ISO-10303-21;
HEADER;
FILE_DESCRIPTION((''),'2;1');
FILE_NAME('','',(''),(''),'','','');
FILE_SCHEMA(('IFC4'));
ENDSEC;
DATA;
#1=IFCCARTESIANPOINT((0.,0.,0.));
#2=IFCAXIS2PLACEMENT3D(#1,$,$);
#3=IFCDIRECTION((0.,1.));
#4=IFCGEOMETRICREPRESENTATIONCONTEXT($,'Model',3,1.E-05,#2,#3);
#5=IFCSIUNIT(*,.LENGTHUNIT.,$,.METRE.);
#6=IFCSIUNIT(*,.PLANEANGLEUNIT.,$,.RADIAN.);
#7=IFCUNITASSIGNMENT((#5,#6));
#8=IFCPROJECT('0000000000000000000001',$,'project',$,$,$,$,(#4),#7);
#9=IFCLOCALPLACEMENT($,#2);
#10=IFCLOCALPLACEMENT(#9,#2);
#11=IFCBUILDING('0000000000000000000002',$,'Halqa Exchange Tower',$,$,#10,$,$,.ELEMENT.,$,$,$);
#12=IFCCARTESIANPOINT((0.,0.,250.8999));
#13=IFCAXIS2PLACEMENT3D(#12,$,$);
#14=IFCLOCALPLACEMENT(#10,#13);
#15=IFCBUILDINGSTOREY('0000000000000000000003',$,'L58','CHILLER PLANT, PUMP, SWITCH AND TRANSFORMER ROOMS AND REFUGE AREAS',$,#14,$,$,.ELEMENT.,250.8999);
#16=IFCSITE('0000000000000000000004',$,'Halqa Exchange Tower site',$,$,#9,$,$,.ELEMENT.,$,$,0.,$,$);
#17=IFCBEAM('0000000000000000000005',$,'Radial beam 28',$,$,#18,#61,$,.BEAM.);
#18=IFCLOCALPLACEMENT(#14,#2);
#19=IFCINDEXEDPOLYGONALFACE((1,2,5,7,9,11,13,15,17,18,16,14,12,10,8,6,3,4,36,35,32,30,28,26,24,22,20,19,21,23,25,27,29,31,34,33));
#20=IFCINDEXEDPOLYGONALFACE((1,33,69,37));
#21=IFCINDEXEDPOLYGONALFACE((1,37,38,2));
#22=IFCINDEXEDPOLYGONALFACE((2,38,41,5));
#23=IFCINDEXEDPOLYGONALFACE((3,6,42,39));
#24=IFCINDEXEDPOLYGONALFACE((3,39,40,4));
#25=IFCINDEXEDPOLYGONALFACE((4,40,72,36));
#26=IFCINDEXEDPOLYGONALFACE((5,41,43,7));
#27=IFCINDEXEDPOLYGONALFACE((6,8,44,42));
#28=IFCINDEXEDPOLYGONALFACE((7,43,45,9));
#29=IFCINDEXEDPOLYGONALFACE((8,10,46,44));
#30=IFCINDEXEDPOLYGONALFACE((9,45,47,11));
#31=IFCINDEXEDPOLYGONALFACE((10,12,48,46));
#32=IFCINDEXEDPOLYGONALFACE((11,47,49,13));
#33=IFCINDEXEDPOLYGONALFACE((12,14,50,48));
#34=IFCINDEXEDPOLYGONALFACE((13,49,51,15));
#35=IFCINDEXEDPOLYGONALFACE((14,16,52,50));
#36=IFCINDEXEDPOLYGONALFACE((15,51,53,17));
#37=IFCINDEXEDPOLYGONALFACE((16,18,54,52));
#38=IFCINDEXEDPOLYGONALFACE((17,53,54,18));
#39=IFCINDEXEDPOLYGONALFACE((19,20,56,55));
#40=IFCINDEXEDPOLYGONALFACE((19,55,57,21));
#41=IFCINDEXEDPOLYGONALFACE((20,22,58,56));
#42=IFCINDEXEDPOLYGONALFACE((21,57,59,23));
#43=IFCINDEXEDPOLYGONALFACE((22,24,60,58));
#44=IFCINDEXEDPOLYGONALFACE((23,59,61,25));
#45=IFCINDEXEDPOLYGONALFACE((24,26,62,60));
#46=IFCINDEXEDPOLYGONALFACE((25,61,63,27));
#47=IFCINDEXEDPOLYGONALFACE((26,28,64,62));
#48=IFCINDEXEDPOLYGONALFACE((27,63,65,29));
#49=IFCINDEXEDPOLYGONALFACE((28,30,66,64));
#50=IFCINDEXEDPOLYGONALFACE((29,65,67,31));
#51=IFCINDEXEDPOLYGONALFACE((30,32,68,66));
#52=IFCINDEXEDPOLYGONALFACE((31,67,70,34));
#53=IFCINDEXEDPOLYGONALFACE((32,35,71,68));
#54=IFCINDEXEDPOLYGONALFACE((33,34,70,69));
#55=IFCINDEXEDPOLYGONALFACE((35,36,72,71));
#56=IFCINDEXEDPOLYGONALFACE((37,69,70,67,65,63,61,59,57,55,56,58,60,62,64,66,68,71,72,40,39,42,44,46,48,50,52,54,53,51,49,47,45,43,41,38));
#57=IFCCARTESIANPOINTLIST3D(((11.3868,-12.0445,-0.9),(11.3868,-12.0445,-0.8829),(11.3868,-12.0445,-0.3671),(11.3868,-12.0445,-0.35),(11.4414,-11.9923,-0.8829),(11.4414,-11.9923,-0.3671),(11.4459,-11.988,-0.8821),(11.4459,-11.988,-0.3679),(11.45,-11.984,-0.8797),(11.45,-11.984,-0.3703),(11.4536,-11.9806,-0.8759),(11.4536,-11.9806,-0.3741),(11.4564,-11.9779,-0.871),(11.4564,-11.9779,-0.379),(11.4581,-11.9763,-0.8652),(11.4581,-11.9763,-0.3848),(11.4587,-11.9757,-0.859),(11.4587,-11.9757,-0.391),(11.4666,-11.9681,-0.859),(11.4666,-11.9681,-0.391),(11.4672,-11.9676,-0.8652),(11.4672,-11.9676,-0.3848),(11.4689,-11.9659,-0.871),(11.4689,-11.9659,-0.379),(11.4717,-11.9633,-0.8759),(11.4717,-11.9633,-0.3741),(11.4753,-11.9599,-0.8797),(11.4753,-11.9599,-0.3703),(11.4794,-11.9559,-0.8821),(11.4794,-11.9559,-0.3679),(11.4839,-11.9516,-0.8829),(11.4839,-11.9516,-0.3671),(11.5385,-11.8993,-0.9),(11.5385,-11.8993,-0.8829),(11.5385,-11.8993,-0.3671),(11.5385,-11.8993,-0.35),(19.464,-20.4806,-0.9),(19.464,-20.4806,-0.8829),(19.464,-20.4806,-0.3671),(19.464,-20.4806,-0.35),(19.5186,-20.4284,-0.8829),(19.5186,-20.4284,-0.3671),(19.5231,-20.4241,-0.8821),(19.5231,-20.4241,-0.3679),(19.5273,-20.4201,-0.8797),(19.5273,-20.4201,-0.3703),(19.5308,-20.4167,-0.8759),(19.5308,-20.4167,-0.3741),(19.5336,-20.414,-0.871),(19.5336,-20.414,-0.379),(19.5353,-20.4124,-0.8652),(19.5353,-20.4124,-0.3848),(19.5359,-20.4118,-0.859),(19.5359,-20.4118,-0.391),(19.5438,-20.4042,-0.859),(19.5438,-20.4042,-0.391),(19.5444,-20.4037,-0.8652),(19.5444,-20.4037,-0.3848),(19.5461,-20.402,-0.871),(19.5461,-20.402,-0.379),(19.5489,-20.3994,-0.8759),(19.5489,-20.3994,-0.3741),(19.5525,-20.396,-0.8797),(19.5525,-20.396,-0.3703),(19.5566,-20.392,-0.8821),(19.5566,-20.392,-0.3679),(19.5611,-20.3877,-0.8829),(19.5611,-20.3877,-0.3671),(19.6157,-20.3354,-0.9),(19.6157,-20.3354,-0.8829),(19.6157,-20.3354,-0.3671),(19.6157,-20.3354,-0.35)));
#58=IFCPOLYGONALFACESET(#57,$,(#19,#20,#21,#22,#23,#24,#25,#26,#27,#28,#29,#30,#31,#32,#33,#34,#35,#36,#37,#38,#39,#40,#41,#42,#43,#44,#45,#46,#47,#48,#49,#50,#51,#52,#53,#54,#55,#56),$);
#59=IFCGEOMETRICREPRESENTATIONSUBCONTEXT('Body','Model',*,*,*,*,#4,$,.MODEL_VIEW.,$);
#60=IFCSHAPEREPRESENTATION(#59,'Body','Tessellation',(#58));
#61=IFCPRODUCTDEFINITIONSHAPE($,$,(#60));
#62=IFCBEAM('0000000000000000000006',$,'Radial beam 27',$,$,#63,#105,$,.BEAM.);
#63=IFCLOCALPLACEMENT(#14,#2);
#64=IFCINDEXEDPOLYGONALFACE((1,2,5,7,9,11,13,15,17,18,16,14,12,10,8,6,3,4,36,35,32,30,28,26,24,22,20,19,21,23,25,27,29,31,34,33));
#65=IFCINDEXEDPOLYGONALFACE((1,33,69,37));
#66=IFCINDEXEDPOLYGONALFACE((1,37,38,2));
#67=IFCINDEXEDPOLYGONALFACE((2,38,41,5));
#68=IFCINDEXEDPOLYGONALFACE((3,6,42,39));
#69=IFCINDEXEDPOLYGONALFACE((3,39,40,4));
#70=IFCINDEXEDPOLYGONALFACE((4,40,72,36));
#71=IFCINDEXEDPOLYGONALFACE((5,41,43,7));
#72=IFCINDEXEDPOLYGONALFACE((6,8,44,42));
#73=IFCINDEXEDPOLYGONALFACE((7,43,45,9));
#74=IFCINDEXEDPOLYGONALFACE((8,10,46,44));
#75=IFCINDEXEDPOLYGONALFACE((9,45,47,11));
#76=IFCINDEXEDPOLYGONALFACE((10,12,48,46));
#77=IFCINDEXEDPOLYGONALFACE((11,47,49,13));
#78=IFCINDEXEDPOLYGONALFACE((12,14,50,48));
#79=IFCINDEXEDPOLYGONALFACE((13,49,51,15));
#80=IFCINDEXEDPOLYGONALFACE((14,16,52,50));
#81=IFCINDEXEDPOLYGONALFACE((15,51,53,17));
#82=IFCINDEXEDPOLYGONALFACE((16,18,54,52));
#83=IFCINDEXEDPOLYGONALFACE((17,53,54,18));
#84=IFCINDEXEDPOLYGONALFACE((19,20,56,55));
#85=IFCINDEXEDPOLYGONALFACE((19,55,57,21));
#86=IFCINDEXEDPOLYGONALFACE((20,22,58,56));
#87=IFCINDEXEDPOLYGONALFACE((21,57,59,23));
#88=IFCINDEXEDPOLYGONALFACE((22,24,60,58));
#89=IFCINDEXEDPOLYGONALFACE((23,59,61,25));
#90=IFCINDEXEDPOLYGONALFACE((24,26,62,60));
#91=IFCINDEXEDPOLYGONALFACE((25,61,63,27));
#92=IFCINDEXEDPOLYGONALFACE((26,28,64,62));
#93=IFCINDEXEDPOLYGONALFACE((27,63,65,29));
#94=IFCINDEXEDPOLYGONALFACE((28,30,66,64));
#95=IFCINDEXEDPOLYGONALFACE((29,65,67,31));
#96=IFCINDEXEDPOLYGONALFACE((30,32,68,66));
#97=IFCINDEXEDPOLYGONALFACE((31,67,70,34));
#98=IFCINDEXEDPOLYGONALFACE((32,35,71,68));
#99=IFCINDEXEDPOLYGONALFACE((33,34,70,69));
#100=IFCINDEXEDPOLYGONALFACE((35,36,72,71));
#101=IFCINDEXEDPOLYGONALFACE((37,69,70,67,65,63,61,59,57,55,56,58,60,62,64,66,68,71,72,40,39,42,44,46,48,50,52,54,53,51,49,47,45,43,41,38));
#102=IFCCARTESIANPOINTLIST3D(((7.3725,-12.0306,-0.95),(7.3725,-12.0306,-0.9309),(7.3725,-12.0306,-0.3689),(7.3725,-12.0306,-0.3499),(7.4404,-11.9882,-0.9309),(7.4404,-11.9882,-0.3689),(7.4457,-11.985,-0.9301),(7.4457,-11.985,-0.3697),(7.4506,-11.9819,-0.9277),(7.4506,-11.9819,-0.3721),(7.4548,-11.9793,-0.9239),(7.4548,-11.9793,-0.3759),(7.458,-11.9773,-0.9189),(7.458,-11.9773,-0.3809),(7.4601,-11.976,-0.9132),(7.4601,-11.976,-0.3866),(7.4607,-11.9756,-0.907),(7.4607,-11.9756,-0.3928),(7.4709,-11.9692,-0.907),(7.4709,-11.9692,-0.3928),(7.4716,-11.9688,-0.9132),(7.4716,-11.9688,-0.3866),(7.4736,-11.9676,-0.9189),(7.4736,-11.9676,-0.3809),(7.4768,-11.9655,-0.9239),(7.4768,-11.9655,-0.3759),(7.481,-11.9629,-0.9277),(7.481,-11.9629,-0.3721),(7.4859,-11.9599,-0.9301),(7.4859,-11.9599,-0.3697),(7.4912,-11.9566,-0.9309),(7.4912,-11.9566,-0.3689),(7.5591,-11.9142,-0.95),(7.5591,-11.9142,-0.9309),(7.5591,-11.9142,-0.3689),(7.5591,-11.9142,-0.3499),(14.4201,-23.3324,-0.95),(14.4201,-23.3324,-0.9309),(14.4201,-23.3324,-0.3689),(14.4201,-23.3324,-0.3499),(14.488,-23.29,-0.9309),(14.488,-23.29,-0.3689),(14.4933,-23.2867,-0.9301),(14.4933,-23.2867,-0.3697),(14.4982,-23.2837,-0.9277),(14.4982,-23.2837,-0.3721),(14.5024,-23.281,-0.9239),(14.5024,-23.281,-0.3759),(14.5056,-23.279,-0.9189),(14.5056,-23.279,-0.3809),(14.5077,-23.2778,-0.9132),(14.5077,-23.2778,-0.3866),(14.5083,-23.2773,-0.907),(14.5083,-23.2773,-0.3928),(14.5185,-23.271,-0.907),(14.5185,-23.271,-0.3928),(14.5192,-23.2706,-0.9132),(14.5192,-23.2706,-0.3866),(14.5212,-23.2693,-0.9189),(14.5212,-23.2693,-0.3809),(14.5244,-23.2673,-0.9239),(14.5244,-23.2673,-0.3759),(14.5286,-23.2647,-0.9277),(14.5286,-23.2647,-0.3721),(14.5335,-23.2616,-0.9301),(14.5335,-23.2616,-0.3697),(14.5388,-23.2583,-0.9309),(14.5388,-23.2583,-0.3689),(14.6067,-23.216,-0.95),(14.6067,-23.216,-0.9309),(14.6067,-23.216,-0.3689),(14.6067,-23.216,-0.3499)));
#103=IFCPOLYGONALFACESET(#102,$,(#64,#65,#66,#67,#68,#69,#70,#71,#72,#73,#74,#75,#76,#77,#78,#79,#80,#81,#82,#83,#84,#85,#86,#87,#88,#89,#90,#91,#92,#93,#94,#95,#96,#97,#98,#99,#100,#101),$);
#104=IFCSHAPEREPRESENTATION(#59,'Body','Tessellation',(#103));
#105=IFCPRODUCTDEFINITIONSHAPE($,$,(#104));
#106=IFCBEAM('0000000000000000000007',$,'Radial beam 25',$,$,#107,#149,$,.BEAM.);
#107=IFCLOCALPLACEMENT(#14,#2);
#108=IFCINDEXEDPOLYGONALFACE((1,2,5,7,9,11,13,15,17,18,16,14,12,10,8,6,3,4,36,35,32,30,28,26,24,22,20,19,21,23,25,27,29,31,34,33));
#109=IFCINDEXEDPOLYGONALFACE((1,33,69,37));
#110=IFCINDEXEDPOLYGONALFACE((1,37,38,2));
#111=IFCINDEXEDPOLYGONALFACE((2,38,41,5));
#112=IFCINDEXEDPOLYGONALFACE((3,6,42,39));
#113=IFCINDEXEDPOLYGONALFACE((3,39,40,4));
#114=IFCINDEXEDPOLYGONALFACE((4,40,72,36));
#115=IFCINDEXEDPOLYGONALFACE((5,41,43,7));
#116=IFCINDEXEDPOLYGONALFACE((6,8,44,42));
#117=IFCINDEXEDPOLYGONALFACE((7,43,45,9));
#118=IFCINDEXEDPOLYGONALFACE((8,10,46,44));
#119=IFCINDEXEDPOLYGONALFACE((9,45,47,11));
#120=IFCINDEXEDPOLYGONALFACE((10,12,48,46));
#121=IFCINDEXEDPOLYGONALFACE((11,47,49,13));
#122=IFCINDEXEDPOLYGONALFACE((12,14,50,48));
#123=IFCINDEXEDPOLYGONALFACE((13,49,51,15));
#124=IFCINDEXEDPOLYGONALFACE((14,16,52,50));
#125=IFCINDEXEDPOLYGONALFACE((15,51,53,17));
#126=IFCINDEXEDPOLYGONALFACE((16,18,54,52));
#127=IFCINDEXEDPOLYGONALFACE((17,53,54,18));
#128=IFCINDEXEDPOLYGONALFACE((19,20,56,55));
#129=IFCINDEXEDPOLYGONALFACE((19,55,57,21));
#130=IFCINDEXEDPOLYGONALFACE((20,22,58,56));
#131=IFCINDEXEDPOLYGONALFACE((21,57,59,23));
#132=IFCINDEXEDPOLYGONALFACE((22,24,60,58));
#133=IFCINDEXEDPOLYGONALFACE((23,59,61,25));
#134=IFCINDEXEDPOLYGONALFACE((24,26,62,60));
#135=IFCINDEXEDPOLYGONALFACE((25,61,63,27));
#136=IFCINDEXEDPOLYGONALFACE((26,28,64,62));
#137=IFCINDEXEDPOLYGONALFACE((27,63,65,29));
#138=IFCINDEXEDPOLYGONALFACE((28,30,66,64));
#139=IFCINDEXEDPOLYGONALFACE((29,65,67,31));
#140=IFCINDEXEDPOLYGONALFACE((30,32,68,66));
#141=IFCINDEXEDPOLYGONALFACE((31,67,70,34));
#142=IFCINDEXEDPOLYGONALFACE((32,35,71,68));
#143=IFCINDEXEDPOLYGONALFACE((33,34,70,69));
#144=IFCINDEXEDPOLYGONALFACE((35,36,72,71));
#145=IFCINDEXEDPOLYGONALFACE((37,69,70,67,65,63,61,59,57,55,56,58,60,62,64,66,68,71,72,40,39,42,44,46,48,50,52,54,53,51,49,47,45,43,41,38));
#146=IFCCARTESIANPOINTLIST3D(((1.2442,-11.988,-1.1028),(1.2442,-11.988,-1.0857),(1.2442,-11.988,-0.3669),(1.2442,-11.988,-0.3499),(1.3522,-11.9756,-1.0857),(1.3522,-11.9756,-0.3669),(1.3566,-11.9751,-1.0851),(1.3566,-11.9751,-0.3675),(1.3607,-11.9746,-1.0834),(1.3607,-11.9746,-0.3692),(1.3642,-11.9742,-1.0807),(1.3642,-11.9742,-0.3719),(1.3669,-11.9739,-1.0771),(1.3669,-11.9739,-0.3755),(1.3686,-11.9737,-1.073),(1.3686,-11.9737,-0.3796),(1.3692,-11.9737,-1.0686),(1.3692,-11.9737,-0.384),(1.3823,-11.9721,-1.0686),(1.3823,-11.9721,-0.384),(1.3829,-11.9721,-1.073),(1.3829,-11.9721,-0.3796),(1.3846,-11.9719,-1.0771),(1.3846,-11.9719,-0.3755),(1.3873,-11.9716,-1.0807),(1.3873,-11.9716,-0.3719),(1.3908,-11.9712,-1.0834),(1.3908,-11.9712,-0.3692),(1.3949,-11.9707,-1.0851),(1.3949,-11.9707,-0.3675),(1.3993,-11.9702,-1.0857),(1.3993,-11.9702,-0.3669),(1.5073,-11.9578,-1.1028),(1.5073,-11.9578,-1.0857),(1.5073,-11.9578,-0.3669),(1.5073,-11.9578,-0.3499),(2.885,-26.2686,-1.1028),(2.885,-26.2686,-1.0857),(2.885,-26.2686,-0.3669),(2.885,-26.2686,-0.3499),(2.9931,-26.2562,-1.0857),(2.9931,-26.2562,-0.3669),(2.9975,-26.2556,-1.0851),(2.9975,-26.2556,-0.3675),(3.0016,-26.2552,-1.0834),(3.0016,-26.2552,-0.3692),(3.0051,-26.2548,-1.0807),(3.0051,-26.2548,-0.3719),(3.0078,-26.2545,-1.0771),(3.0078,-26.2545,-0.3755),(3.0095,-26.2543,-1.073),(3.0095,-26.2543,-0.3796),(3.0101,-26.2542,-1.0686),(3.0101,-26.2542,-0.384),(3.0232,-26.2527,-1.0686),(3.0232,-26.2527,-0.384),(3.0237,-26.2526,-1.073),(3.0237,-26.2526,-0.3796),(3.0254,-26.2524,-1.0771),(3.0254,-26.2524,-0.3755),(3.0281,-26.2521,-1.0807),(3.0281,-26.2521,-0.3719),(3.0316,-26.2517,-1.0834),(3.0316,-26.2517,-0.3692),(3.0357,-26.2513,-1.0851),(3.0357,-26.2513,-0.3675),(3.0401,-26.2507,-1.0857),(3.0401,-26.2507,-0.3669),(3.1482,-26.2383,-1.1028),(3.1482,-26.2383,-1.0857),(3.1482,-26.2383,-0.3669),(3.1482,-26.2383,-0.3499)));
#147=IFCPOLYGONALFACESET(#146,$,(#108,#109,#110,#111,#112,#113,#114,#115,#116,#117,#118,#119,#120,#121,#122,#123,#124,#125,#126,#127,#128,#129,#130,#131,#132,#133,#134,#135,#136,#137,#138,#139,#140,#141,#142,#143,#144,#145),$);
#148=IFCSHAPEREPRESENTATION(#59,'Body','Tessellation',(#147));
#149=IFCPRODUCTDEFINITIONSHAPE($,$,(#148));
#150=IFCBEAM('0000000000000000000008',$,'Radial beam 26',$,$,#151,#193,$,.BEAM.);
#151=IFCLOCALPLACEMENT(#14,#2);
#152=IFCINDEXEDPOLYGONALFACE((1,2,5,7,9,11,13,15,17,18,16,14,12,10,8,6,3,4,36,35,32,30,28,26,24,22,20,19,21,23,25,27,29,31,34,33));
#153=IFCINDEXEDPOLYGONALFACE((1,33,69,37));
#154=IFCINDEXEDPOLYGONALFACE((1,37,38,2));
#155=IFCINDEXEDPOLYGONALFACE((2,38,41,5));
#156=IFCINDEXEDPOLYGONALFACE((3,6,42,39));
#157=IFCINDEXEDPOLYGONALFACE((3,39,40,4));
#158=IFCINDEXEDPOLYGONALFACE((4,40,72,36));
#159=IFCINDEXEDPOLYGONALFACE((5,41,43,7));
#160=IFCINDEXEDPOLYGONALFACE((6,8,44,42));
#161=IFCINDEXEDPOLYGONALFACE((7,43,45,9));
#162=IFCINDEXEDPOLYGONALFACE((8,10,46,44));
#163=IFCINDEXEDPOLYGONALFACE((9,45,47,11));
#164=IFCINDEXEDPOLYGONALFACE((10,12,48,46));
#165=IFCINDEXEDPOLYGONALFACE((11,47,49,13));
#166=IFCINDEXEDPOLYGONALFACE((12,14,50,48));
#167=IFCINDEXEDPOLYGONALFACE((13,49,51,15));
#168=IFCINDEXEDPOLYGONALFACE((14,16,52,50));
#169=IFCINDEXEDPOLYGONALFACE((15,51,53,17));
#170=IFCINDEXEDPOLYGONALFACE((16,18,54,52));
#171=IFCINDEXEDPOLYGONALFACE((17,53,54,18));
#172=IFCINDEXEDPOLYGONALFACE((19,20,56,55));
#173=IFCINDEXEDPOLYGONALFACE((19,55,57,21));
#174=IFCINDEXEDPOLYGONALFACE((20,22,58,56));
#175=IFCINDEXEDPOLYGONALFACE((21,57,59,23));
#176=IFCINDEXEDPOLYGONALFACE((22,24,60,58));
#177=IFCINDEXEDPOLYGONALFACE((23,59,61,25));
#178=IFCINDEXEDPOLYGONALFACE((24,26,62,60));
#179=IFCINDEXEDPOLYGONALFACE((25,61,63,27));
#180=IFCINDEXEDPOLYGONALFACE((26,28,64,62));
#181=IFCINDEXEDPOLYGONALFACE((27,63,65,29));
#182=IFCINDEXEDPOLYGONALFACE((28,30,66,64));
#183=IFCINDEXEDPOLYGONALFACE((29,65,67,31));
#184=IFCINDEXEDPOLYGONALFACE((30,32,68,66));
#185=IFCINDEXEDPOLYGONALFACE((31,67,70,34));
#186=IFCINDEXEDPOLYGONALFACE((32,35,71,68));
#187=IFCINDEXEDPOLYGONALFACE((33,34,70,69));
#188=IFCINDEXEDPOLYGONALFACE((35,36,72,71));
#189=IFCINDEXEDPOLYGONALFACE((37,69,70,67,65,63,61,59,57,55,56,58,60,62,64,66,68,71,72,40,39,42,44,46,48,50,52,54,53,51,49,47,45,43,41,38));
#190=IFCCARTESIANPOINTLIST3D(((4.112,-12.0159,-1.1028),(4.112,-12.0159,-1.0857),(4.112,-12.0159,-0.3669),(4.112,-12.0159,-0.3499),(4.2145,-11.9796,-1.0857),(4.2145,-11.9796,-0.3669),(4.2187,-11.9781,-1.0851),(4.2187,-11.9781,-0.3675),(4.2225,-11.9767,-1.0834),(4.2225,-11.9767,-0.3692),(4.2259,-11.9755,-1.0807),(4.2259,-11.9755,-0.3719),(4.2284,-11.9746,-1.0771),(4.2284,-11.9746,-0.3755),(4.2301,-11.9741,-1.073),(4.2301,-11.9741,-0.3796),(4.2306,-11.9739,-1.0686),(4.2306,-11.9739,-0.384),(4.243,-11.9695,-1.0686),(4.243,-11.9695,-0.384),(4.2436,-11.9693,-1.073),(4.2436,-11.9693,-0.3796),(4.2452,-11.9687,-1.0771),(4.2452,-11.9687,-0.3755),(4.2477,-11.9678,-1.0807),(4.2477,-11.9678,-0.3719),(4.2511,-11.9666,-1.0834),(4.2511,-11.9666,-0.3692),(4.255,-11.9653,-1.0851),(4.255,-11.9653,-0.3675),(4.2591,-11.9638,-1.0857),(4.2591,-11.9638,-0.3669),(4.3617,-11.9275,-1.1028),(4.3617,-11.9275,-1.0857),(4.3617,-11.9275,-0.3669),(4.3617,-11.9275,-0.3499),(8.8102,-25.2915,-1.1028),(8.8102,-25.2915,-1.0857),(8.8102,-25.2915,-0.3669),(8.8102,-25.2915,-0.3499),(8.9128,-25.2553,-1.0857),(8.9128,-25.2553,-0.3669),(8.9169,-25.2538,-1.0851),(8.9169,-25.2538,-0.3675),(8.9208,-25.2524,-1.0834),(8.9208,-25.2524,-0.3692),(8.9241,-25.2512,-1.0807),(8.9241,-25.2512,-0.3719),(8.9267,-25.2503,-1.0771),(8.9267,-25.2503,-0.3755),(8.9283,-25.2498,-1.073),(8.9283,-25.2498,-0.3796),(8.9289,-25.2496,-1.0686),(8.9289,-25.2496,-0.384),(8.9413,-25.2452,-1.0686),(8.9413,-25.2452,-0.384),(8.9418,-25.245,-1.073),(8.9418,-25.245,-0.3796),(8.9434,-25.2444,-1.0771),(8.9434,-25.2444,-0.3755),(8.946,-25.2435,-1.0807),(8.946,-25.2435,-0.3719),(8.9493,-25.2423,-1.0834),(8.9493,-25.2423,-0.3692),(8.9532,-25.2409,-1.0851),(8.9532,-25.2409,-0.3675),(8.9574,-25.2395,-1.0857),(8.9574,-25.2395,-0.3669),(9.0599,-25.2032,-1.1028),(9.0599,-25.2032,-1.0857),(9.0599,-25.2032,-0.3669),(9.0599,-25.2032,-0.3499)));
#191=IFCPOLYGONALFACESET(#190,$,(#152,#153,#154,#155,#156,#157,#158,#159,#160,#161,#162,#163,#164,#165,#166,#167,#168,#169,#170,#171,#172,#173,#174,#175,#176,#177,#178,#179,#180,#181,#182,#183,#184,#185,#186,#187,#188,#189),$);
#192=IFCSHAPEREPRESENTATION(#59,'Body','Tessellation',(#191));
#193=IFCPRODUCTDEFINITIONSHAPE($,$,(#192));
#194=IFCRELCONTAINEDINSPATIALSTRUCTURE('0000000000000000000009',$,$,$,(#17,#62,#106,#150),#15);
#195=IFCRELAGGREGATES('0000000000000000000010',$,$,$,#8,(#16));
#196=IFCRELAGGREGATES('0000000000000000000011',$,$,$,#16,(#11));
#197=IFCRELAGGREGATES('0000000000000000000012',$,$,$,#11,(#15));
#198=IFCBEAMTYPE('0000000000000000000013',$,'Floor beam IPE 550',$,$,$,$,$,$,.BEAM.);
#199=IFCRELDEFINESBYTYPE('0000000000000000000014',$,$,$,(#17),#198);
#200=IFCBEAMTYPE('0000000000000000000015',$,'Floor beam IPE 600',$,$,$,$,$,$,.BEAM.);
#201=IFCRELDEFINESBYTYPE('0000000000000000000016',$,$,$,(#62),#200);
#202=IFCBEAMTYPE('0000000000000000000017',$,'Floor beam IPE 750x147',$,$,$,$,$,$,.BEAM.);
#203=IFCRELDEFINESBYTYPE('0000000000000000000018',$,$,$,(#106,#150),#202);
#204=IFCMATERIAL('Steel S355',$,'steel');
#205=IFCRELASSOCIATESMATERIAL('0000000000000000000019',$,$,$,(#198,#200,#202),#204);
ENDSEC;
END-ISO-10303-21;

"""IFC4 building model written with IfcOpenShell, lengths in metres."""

from ifc_helpers import new_model, si_unit, direction, frame, origin, origin_2d, place, context, subcontext, project, spatial, i_section, extrude, material, material_profile, profile_set, type_object, element, save


model = new_model("IFC4")

# Units and contexts
model_context = context("Model", 3, precision=1e-05, world=origin(), true_north=direction((0.0, 1.0)))
body_context = subcontext(model_context, "Body", "Model", "MODEL_VIEW")
ifc_project = project(units=[si_unit("LENGTHUNIT", "METRE"), si_unit("PLANEANGLEUNIT", "RADIAN")], contexts=[model_context])

# Site, building, storey
site_placement = place(None, origin())
site = spatial("IfcSite", under=ifc_project, at=site_placement, Name="Halqa Exchange Tower site", CompositionType="ELEMENT", RefElevation=0.0)
building_placement = place(site_placement, origin())
building = spatial("IfcBuilding", under=site, at=building_placement, Name="Halqa Exchange Tower", CompositionType="ELEMENT")
storey_placement = place(building_placement, frame((0.0, 0.0, 250.8999)))
storey = spatial("IfcBuildingStorey", under=building, at=storey_placement, Name="L58", Description="CHILLER PLANT, PUMP, SWITCH AND TRANSFORMER ROOMS AND REFUGE AREAS", CompositionType="ELEMENT", Elevation=250.8999)

# Beams
ifc_material_1 = material(Name="Steel S355", Category="steel")
ifc_material_profile_1 = material_profile(ifc_material_1, i_section(OverallWidth=0.21, OverallDepth=0.55, WebThickness=0.011, FlangeThickness=0.0171, FilletRadius=0.0239, at=origin_2d()), Name="IPE 550")
ifc_profile_set_1 = profile_set([ifc_material_profile_1], Name="Steel S355")
beam_type_1 = type_object("IfcBeamType", Name="Floor beam IPE 550", PredefinedType="BEAM", material=ifc_profile_set_1)
beam_1_placement = place(storey_placement, frame((11.4626, -11.9719, -0.625), z_axis=(0.691576, -0.722304, 0.0), x_axis=(0.722304, 0.691576, 0.0)))
element("IfcBeam", 1, at=beam_1_placement, inside=storey, type_object=beam_type_1, Name="Radial beam 28", PredefinedType="BEAM", context=body_context, shape_type="SweptSolid", body=[
    extrude(i_section(OverallWidth=0.21, OverallDepth=0.55, WebThickness=0.011, FlangeThickness=0.0171, FilletRadius=0.0239, at=origin_2d()), origin(), (0.0, 0.0, 1.0), 11.6794),
])
ifc_material_profile_2 = material_profile(ifc_material_1, i_section(OverallWidth=0.22, OverallDepth=0.6001, WebThickness=0.012, FlangeThickness=0.019, FilletRadius=0.0239, at=origin_2d()), Name="IPE 600")
ifc_profile_set_2 = profile_set([ifc_material_profile_2], Name="Steel S355")
beam_type_2 = type_object("IfcBeamType", Name="Floor beam IPE 600", PredefinedType="BEAM", material=ifc_profile_set_2)
beam_2_placement = place(storey_placement, frame((7.4658, -11.9724, -0.6499), z_axis=(0.529135, -0.848537, 0.0), x_axis=(0.848537, 0.529135, 0.0)))
element("IfcBeam", 2, at=beam_2_placement, inside=storey, type_object=beam_type_2, Name="Radial beam 27", PredefinedType="BEAM", context=body_context, shape_type="SweptSolid", body=[
    extrude(i_section(OverallWidth=0.22, OverallDepth=0.6001, WebThickness=0.012, FlangeThickness=0.019, FilletRadius=0.0239, at=origin_2d()), origin(), (0.0, 0.0, 1.0), 13.3191),
])
ifc_material_profile_3 = material_profile(ifc_material_1, i_section(OverallWidth=0.2649, OverallDepth=0.7529, WebThickness=0.0132, FlangeThickness=0.0171, FilletRadius=0.0171, at=origin_2d()), Name="IPE 750x147")
ifc_profile_set_3 = profile_set([ifc_material_profile_3], Name="Steel S355")
beam_type_3 = type_object("IfcBeamType", Name="Floor beam IPE 750x147", PredefinedType="BEAM", material=ifc_profile_set_3)
beam_3_placement = place(storey_placement, frame((1.3757, -11.9729, -0.7263), z_axis=(0.114152, -0.993463, 0.0), x_axis=(0.993463, 0.114152, 0.0)))
element("IfcBeam", 3, at=beam_3_placement, inside=storey, type_object=beam_type_3, Name="Radial beam 25", PredefinedType="BEAM", context=body_context, shape_type="SweptSolid", body=[
    extrude(i_section(OverallWidth=0.2649, OverallDepth=0.7529, WebThickness=0.0132, FlangeThickness=0.0171, FilletRadius=0.0171, at=origin_2d()), origin(), (0.0, 0.0, 1.0), 14.3745),
])
beam_4_placement = place(storey_placement, frame((4.2368, -11.9717, -0.7263), z_axis=(0.333623, -0.942706, 0.0), x_axis=(0.942706, 0.333623, 0.0)))
element("IfcBeam", 4, at=beam_4_placement, inside=storey, type_object=beam_type_3, Name="Radial beam 26", PredefinedType="BEAM", context=body_context, shape_type="SweptSolid", body=[
    extrude(i_section(OverallWidth=0.2649, OverallDepth=0.7529, WebThickness=0.0132, FlangeThickness=0.0171, FilletRadius=0.0171, at=origin_2d()), origin(), (0.0, 0.0, 1.0), 14.0825),
])

save(model, "model.ifc")
